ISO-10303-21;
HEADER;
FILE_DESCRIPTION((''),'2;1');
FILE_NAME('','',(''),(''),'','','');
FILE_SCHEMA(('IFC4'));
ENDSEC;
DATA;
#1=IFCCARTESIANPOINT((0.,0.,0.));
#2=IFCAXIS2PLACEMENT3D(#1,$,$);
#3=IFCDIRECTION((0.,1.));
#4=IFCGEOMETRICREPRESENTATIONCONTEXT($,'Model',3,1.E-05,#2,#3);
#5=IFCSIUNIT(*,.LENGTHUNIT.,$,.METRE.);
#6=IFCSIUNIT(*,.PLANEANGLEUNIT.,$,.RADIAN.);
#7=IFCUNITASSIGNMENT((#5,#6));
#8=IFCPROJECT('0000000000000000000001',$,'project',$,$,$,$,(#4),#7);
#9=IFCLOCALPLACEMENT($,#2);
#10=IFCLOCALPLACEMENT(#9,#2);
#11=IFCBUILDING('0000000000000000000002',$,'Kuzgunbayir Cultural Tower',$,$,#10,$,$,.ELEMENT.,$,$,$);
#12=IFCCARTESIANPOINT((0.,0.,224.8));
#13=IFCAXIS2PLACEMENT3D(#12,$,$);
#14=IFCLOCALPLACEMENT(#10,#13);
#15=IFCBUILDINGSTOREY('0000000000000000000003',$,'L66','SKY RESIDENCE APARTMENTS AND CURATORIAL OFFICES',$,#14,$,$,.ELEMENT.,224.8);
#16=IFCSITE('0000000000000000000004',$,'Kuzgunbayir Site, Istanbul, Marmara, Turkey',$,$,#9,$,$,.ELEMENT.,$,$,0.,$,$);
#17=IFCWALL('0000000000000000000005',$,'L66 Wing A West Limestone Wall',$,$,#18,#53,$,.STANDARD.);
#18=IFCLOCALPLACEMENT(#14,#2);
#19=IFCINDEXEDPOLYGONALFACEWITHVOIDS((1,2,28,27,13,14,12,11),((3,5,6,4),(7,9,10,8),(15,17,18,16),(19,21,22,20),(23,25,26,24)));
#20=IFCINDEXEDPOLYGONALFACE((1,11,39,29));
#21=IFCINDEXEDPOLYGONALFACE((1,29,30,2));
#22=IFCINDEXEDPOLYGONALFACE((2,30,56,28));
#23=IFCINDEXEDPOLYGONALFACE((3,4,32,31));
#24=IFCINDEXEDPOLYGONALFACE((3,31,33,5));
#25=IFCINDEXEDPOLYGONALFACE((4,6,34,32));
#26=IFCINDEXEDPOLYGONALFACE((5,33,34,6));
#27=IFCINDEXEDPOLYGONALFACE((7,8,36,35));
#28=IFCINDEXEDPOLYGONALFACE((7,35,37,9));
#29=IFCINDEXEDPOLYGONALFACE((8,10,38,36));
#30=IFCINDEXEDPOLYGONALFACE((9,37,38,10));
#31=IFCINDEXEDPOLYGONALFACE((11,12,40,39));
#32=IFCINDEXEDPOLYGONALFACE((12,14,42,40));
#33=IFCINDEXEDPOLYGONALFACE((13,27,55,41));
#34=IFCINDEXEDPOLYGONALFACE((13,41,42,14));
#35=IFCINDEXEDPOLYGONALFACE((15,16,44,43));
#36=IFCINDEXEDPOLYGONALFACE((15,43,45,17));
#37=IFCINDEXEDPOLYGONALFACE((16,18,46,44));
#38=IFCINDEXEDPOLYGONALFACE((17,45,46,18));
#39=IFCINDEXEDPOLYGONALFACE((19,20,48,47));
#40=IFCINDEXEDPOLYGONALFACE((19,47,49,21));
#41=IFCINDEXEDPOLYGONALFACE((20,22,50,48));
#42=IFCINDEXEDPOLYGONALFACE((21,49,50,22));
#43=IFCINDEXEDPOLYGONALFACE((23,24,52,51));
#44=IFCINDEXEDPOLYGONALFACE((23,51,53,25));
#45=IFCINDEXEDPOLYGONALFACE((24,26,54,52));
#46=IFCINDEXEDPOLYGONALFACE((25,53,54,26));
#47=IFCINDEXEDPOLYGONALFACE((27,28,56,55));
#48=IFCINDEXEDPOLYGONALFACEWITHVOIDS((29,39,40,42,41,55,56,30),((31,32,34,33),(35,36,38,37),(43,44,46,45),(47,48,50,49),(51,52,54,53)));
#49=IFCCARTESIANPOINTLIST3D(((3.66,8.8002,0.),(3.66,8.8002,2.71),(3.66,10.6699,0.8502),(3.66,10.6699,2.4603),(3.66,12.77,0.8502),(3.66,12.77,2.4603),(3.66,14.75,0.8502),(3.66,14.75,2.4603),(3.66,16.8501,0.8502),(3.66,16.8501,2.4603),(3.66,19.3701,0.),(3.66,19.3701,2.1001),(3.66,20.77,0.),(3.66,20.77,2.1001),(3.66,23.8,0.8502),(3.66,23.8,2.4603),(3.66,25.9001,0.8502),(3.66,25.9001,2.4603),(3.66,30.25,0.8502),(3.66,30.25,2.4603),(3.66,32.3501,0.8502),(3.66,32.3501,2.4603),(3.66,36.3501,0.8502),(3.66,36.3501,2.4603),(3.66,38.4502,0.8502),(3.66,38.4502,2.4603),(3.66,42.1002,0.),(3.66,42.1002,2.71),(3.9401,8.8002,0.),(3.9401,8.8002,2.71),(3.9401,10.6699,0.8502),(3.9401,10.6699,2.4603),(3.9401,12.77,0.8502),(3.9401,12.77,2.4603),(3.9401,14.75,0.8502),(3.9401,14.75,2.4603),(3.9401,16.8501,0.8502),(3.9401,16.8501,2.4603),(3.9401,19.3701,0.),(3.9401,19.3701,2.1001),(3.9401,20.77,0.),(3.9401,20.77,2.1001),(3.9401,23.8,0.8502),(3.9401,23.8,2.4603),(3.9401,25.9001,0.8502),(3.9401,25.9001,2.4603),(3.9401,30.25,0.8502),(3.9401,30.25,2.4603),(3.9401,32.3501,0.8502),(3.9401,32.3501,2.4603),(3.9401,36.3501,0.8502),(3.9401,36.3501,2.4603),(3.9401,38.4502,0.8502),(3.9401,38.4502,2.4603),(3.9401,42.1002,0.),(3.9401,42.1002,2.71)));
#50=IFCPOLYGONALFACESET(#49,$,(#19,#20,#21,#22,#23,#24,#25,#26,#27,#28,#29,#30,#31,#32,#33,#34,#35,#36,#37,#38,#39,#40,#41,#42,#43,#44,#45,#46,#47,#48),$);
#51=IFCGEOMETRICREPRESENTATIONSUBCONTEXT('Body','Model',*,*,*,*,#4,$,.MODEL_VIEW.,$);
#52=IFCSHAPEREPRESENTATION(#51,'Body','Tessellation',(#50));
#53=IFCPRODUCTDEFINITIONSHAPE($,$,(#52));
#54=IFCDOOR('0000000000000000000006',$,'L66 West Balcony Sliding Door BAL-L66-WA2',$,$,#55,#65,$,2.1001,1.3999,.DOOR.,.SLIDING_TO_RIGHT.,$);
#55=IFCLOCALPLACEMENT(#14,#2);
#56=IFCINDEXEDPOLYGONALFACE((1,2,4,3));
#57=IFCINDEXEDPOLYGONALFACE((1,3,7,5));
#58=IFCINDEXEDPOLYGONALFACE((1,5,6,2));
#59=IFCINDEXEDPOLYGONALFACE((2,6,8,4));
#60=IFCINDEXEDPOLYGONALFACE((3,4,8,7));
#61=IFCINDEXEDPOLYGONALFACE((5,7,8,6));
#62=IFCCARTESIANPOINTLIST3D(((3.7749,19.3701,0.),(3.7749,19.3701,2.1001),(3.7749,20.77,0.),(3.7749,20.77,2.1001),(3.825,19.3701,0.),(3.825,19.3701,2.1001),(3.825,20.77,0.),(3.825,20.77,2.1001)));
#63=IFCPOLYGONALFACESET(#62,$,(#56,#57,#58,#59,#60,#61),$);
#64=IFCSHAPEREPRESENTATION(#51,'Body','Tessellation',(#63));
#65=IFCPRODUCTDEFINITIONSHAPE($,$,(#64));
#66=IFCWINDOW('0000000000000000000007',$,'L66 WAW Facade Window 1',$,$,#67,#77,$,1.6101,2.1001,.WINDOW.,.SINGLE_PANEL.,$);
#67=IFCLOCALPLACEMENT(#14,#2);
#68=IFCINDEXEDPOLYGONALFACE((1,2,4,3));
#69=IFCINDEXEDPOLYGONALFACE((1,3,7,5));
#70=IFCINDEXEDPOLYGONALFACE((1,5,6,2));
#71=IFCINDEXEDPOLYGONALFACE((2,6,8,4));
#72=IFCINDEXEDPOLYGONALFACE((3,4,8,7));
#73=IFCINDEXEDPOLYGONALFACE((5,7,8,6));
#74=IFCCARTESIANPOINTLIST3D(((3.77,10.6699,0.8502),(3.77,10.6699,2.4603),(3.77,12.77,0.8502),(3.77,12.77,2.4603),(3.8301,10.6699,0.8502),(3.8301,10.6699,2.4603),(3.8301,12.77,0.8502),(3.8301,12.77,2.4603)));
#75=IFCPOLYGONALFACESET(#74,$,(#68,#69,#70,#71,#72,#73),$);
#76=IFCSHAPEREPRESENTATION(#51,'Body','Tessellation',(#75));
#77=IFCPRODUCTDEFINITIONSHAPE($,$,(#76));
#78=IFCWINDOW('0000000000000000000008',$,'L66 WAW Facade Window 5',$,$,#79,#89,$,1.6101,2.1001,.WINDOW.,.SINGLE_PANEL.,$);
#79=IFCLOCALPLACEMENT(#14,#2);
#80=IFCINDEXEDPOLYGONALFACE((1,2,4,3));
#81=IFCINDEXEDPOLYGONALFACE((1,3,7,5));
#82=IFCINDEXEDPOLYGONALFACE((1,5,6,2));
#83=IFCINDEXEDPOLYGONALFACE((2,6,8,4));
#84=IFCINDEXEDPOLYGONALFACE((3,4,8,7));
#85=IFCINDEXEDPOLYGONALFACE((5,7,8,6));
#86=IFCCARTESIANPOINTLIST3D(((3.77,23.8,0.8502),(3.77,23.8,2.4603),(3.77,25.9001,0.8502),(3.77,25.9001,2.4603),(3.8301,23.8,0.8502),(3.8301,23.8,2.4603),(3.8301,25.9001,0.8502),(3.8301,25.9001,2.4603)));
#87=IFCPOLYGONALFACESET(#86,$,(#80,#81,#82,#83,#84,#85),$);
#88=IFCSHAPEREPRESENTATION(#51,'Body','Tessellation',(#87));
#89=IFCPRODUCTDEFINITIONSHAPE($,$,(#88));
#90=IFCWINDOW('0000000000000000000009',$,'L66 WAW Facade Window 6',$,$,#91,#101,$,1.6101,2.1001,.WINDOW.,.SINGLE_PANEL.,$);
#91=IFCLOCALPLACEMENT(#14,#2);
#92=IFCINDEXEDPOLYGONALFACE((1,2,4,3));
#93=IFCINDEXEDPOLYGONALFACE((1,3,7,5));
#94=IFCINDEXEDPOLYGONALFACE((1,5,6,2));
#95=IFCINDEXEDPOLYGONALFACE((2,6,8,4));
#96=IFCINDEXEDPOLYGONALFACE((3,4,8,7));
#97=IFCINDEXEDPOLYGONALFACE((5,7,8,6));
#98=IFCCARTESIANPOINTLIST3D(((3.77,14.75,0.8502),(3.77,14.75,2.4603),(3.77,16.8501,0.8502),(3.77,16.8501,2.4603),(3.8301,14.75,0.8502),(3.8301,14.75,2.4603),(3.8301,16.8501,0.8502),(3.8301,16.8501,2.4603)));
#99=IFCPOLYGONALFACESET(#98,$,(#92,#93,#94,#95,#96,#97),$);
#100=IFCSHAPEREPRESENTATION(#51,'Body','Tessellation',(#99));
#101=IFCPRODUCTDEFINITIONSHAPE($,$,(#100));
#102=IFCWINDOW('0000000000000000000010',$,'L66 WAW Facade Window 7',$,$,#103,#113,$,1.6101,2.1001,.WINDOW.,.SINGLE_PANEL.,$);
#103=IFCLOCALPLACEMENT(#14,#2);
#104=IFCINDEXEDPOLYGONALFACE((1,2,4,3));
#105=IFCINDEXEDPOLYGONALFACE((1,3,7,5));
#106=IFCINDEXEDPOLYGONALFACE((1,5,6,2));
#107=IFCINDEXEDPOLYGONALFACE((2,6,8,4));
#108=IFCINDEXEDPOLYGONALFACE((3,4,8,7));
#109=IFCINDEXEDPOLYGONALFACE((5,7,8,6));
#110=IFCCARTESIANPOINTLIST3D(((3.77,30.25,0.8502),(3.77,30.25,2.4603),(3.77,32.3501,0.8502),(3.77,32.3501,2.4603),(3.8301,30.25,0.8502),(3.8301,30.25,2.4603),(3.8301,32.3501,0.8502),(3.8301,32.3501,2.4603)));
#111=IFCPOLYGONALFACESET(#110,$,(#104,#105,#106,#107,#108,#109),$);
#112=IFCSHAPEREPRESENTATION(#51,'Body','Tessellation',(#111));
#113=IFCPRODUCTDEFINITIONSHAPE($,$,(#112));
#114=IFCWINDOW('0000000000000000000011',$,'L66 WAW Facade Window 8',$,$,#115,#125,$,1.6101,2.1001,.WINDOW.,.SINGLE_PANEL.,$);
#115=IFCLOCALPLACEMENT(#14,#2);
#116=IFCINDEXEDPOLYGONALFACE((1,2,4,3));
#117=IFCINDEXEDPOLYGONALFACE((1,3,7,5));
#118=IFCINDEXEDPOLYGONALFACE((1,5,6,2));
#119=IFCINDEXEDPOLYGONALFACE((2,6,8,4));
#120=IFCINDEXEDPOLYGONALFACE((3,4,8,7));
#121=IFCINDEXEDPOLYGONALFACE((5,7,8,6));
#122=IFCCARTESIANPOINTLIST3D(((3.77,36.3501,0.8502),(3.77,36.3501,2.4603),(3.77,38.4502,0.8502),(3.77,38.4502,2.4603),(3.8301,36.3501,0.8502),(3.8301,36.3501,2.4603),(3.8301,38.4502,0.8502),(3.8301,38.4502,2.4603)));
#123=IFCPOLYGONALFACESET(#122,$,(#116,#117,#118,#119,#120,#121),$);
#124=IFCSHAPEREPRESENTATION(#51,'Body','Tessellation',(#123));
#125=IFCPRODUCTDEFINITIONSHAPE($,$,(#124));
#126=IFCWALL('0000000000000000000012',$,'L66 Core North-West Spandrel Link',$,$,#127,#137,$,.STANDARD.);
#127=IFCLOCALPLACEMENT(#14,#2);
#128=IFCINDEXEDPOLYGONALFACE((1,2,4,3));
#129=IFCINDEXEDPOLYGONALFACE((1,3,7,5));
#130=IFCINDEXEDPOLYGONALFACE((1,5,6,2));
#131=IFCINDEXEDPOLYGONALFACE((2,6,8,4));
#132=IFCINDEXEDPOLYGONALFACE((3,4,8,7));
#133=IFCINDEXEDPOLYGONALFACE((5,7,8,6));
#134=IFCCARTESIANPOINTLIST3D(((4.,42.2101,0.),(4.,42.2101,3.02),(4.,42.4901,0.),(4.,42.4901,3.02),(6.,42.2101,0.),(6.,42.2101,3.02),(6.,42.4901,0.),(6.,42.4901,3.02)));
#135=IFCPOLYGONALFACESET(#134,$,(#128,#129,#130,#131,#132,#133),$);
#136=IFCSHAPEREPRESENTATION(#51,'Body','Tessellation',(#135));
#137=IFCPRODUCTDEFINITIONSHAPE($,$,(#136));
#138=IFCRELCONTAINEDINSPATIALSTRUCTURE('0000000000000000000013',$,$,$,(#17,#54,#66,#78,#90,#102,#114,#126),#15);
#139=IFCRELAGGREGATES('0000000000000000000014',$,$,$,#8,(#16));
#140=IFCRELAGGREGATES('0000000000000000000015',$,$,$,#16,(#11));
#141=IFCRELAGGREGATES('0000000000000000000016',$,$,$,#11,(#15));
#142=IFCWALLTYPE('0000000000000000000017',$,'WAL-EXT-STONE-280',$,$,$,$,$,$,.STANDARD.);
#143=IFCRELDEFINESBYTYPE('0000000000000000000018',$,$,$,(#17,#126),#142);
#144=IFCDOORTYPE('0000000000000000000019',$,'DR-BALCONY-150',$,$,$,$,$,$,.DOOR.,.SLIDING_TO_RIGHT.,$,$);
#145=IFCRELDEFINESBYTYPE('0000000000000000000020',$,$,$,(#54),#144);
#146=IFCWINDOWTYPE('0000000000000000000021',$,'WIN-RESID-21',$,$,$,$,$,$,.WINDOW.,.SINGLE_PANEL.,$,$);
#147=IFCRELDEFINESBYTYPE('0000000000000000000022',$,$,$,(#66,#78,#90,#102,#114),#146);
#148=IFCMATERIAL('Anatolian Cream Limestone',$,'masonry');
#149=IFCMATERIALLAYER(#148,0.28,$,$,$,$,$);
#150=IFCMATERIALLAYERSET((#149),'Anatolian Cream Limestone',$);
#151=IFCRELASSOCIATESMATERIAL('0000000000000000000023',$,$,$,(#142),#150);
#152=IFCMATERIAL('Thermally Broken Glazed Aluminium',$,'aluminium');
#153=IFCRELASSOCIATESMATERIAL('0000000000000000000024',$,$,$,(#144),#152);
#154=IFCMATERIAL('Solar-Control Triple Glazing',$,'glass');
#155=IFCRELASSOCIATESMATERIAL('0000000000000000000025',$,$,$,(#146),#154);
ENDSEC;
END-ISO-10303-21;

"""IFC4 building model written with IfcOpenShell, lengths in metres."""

from ifc_helpers import new_model, si_unit, direction, frame, frame_2d, origin, place, context, subcontext, project, spatial, rectangle, extrude, material, layer, layer_set, type_object, element, fill, save


model = new_model("IFC4")

# Units and contexts
model_context = context("Model", 3, precision=1e-05, world=origin(), true_north=direction((0.0, 1.0)))
body_context = subcontext(model_context, "Body", "Model", "MODEL_VIEW")
ifc_project = project(units=[si_unit("LENGTHUNIT", "METRE"), si_unit("PLANEANGLEUNIT", "RADIAN")], contexts=[model_context])

# Site, building, storey
site_placement = place(None, origin())
site = spatial("IfcSite", under=ifc_project, at=site_placement, Name="Kuzgunbayir Site, Istanbul, Marmara, Turkey", CompositionType="ELEMENT", RefElevation=0.0)
building_placement = place(site_placement, origin())
building = spatial("IfcBuilding", under=site, at=building_placement, Name="Kuzgunbayir Cultural Tower", CompositionType="ELEMENT")
storey_placement = place(building_placement, frame((0.0, 0.0, 224.8)))
storey = spatial("IfcBuildingStorey", under=building, at=storey_placement, Name="L66", Description="SKY RESIDENCE APARTMENTS AND CURATORIAL OFFICES", CompositionType="ELEMENT", Elevation=224.8)

# Wall, openings, door, windows
ifc_material_1 = material(Name="Anatolian Cream Limestone", Category="masonry")
ifc_layer_1 = layer(ifc_material_1, 0.28)
ifc_layer_set_1 = layer_set([ifc_layer_1], Name="Anatolian Cream Limestone")
wall_type_1 = type_object("IfcWallType", Name="WAL-EXT-STONE-280", PredefinedType="STANDARD", material=ifc_layer_set_1)
wall_1_placement = place(storey_placement, frame((3.8, 42.1001, 0.0), z_axis=(0.0, 0.0, 1.0), x_axis=(0.0, -1.0, 0.0)))
wall_1 = element("IfcWall", 1, at=wall_1_placement, inside=storey, type_object=wall_type_1, Name="L66 Wing A West Limestone Wall", PredefinedType="STANDARD", context=body_context, shape_type="SweptSolid", body=[
    extrude(rectangle(XDim=33.3, YDim=0.28, at=frame_2d((16.6499, 0.0))), origin(), (0.0, 0.0, 1.0), 2.71),
])
opening_1_placement = place(wall_1_placement, frame((21.3301, 0.0, 0.0)))
opening_1 = element("IfcOpeningElement", 2, at=opening_1_placement, cuts=wall_1, PredefinedType="OPENING", context=body_context, shape_type="SweptSolid", body=[
    extrude(rectangle(XDim=1.3999, YDim=2.1001, at=frame_2d((0.7, 1.05))), frame((0.0, 0.1499, 0.0), z_axis=(0.0, -1.0, 0.0), x_axis=(1.0, 0.0, 0.0)), (0.0, 0.0, 1.0), 0.3),
])
opening_2_placement = place(wall_1_placement, frame((29.3301, 0.0, 0.8501)))
opening_2 = element("IfcOpeningElement", 3, at=opening_2_placement, cuts=wall_1, PredefinedType="OPENING", context=body_context, shape_type="SweptSolid", body=[
    extrude(rectangle(XDim=2.1001, YDim=1.6101, at=frame_2d((1.05, 0.8052))), frame((0.0, 0.1499, 0.0), z_axis=(0.0, -1.0, 0.0), x_axis=(1.0, 0.0, 0.0)), (0.0, 0.0, 1.0), 0.3),
])
opening_3_placement = place(wall_1_placement, frame((16.2, 0.0, 0.8501)))
opening_3 = element("IfcOpeningElement", 4, at=opening_3_placement, cuts=wall_1, PredefinedType="OPENING", context=body_context, shape_type="SweptSolid", body=[
    extrude(rectangle(XDim=2.1001, YDim=1.6101, at=frame_2d((1.05, 0.8052))), frame((0.0, 0.1499, 0.0), z_axis=(0.0, -1.0, 0.0), x_axis=(1.0, 0.0, 0.0)), (0.0, 0.0, 1.0), 0.3),
])
opening_4_placement = place(wall_1_placement, frame((25.25, 0.0, 0.8501)))
opening_4 = element("IfcOpeningElement", 5, at=opening_4_placement, cuts=wall_1, PredefinedType="OPENING", context=body_context, shape_type="SweptSolid", body=[
    extrude(rectangle(XDim=2.1001, YDim=1.6101, at=frame_2d((1.05, 0.8052))), frame((0.0, 0.1499, 0.0), z_axis=(0.0, -1.0, 0.0), x_axis=(1.0, 0.0, 0.0)), (0.0, 0.0, 1.0), 0.3),
])
opening_5_placement = place(wall_1_placement, frame((9.75, 0.0, 0.8501)))
opening_5 = element("IfcOpeningElement", 6, at=opening_5_placement, cuts=wall_1, PredefinedType="OPENING", context=body_context, shape_type="SweptSolid", body=[
    extrude(rectangle(XDim=2.1001, YDim=1.6101, at=frame_2d((1.05, 0.8052))), frame((0.0, 0.1499, 0.0), z_axis=(0.0, -1.0, 0.0), x_axis=(1.0, 0.0, 0.0)), (0.0, 0.0, 1.0), 0.3),
])
opening_6_placement = place(wall_1_placement, frame((3.6499, 0.0, 0.8501)))
opening_6 = element("IfcOpeningElement", 7, at=opening_6_placement, cuts=wall_1, PredefinedType="OPENING", context=body_context, shape_type="SweptSolid", body=[
    extrude(rectangle(XDim=2.1001, YDim=1.6101, at=frame_2d((1.05, 0.8052))), frame((0.0, 0.1499, 0.0), z_axis=(0.0, -1.0, 0.0), x_axis=(1.0, 0.0, 0.0)), (0.0, 0.0, 1.0), 0.3),
])
ifc_material_2 = material(Name="Thermally Broken Glazed Aluminium", Category="aluminium")
door_type_1 = type_object("IfcDoorType", Name="DR-BALCONY-150", OperationType="SLIDING_TO_RIGHT", PredefinedType="DOOR", material=ifc_material_2)
door_1_placement = place(opening_1_placement, origin())
door_1 = element("IfcDoor", 8, at=door_1_placement, inside=storey, type_object=door_type_1, Name="L66 West Balcony Sliding Door BAL-L66-WA2", OperationType="SLIDING_TO_RIGHT", OverallHeight=2.1001, OverallWidth=1.3999, PredefinedType="DOOR", context=body_context, shape_type="SweptSolid", body=[
    extrude(rectangle(XDim=1.3999, YDim=2.1001, at=frame_2d((0.7, 1.05))), frame((0.0, 0.0249, 0.0), z_axis=(0.0, -1.0, 0.0), x_axis=(1.0, 0.0, 0.0)), (0.0, 0.0, 1.0), 0.05),
])
fill(opening_1, door_1)
ifc_material_3 = material(Name="Solar-Control Triple Glazing", Category="glass")
window_type = type_object("IfcWindowType", Name="WIN-RESID-21", PartitioningType="SINGLE_PANEL", PredefinedType="WINDOW", material=ifc_material_3)
window_1_placement = place(opening_2_placement, origin())
window_1 = element("IfcWindow", 9, at=window_1_placement, inside=storey, type_object=window_type, Name="L66 WAW Facade Window 1", OverallHeight=1.6101, OverallWidth=2.1001, PartitioningType="SINGLE_PANEL", PredefinedType="WINDOW", context=body_context, shape_type="SweptSolid", body=[
    extrude(rectangle(XDim=2.1001, YDim=1.6101, at=frame_2d((1.05, 0.8052))), frame((0.0, 0.03, 0.0), z_axis=(0.0, -1.0, 0.0), x_axis=(1.0, 0.0, 0.0)), (0.0, 0.0, 1.0), 0.0601),
])
fill(opening_2, window_1)
window_2_placement = place(opening_3_placement, origin())
window_2 = element("IfcWindow", 10, at=window_2_placement, inside=storey, type_object=window_type, Name="L66 WAW Facade Window 5", OverallHeight=1.6101, OverallWidth=2.1001, PartitioningType="SINGLE_PANEL", PredefinedType="WINDOW", context=body_context, shape_type="SweptSolid", body=[
    extrude(rectangle(XDim=2.1001, YDim=1.6101, at=frame_2d((1.05, 0.8052))), frame((0.0, 0.03, 0.0), z_axis=(0.0, -1.0, 0.0), x_axis=(1.0, 0.0, 0.0)), (0.0, 0.0, 1.0), 0.0601),
])
fill(opening_3, window_2)
window_3_placement = place(opening_4_placement, origin())
window_3 = element("IfcWindow", 11, at=window_3_placement, inside=storey, type_object=window_type, Name="L66 WAW Facade Window 6", OverallHeight=1.6101, OverallWidth=2.1001, PartitioningType="SINGLE_PANEL", PredefinedType="WINDOW", context=body_context, shape_type="SweptSolid", body=[
    extrude(rectangle(XDim=2.1001, YDim=1.6101, at=frame_2d((1.05, 0.8052))), frame((0.0, 0.03, 0.0), z_axis=(0.0, -1.0, 0.0), x_axis=(1.0, 0.0, 0.0)), (0.0, 0.0, 1.0), 0.0601),
])
fill(opening_4, window_3)
window_4_placement = place(opening_5_placement, origin())
window_4 = element("IfcWindow", 12, at=window_4_placement, inside=storey, type_object=window_type, Name="L66 WAW Facade Window 7", OverallHeight=1.6101, OverallWidth=2.1001, PartitioningType="SINGLE_PANEL", PredefinedType="WINDOW", context=body_context, shape_type="SweptSolid", body=[
    extrude(rectangle(XDim=2.1001, YDim=1.6101, at=frame_2d((1.05, 0.8052))), frame((0.0, 0.03, 0.0), z_axis=(0.0, -1.0, 0.0), x_axis=(1.0, 0.0, 0.0)), (0.0, 0.0, 1.0), 0.0601),
])
fill(opening_5, window_4)
window_5_placement = place(opening_6_placement, origin())
window_5 = element("IfcWindow", 13, at=window_5_placement, inside=storey, type_object=window_type, Name="L66 WAW Facade Window 8", OverallHeight=1.6101, OverallWidth=2.1001, PartitioningType="SINGLE_PANEL", PredefinedType="WINDOW", context=body_context, shape_type="SweptSolid", body=[
    extrude(rectangle(XDim=2.1001, YDim=1.6101, at=frame_2d((1.05, 0.8052))), frame((0.0, 0.03, 0.0), z_axis=(0.0, -1.0, 0.0), x_axis=(1.0, 0.0, 0.0)), (0.0, 0.0, 1.0), 0.0601),
])
fill(opening_6, window_5)

# Wall
wall_2_placement = place(storey_placement, frame((6.0, 42.3501, 0.0), z_axis=(0.0, 0.0, 1.0), x_axis=(-1.0, 0.0, 0.0)))
element("IfcWall", 14, at=wall_2_placement, inside=storey, type_object=wall_type_1, Name="L66 Core North-West Spandrel Link", PredefinedType="STANDARD", context=body_context, shape_type="SweptSolid", body=[
    extrude(rectangle(XDim=2.0, YDim=0.28, at=frame_2d((1.0, 0.0))), origin(), (0.0, 0.0, 1.0), 3.02),
])

save(model, "model.ifc")
